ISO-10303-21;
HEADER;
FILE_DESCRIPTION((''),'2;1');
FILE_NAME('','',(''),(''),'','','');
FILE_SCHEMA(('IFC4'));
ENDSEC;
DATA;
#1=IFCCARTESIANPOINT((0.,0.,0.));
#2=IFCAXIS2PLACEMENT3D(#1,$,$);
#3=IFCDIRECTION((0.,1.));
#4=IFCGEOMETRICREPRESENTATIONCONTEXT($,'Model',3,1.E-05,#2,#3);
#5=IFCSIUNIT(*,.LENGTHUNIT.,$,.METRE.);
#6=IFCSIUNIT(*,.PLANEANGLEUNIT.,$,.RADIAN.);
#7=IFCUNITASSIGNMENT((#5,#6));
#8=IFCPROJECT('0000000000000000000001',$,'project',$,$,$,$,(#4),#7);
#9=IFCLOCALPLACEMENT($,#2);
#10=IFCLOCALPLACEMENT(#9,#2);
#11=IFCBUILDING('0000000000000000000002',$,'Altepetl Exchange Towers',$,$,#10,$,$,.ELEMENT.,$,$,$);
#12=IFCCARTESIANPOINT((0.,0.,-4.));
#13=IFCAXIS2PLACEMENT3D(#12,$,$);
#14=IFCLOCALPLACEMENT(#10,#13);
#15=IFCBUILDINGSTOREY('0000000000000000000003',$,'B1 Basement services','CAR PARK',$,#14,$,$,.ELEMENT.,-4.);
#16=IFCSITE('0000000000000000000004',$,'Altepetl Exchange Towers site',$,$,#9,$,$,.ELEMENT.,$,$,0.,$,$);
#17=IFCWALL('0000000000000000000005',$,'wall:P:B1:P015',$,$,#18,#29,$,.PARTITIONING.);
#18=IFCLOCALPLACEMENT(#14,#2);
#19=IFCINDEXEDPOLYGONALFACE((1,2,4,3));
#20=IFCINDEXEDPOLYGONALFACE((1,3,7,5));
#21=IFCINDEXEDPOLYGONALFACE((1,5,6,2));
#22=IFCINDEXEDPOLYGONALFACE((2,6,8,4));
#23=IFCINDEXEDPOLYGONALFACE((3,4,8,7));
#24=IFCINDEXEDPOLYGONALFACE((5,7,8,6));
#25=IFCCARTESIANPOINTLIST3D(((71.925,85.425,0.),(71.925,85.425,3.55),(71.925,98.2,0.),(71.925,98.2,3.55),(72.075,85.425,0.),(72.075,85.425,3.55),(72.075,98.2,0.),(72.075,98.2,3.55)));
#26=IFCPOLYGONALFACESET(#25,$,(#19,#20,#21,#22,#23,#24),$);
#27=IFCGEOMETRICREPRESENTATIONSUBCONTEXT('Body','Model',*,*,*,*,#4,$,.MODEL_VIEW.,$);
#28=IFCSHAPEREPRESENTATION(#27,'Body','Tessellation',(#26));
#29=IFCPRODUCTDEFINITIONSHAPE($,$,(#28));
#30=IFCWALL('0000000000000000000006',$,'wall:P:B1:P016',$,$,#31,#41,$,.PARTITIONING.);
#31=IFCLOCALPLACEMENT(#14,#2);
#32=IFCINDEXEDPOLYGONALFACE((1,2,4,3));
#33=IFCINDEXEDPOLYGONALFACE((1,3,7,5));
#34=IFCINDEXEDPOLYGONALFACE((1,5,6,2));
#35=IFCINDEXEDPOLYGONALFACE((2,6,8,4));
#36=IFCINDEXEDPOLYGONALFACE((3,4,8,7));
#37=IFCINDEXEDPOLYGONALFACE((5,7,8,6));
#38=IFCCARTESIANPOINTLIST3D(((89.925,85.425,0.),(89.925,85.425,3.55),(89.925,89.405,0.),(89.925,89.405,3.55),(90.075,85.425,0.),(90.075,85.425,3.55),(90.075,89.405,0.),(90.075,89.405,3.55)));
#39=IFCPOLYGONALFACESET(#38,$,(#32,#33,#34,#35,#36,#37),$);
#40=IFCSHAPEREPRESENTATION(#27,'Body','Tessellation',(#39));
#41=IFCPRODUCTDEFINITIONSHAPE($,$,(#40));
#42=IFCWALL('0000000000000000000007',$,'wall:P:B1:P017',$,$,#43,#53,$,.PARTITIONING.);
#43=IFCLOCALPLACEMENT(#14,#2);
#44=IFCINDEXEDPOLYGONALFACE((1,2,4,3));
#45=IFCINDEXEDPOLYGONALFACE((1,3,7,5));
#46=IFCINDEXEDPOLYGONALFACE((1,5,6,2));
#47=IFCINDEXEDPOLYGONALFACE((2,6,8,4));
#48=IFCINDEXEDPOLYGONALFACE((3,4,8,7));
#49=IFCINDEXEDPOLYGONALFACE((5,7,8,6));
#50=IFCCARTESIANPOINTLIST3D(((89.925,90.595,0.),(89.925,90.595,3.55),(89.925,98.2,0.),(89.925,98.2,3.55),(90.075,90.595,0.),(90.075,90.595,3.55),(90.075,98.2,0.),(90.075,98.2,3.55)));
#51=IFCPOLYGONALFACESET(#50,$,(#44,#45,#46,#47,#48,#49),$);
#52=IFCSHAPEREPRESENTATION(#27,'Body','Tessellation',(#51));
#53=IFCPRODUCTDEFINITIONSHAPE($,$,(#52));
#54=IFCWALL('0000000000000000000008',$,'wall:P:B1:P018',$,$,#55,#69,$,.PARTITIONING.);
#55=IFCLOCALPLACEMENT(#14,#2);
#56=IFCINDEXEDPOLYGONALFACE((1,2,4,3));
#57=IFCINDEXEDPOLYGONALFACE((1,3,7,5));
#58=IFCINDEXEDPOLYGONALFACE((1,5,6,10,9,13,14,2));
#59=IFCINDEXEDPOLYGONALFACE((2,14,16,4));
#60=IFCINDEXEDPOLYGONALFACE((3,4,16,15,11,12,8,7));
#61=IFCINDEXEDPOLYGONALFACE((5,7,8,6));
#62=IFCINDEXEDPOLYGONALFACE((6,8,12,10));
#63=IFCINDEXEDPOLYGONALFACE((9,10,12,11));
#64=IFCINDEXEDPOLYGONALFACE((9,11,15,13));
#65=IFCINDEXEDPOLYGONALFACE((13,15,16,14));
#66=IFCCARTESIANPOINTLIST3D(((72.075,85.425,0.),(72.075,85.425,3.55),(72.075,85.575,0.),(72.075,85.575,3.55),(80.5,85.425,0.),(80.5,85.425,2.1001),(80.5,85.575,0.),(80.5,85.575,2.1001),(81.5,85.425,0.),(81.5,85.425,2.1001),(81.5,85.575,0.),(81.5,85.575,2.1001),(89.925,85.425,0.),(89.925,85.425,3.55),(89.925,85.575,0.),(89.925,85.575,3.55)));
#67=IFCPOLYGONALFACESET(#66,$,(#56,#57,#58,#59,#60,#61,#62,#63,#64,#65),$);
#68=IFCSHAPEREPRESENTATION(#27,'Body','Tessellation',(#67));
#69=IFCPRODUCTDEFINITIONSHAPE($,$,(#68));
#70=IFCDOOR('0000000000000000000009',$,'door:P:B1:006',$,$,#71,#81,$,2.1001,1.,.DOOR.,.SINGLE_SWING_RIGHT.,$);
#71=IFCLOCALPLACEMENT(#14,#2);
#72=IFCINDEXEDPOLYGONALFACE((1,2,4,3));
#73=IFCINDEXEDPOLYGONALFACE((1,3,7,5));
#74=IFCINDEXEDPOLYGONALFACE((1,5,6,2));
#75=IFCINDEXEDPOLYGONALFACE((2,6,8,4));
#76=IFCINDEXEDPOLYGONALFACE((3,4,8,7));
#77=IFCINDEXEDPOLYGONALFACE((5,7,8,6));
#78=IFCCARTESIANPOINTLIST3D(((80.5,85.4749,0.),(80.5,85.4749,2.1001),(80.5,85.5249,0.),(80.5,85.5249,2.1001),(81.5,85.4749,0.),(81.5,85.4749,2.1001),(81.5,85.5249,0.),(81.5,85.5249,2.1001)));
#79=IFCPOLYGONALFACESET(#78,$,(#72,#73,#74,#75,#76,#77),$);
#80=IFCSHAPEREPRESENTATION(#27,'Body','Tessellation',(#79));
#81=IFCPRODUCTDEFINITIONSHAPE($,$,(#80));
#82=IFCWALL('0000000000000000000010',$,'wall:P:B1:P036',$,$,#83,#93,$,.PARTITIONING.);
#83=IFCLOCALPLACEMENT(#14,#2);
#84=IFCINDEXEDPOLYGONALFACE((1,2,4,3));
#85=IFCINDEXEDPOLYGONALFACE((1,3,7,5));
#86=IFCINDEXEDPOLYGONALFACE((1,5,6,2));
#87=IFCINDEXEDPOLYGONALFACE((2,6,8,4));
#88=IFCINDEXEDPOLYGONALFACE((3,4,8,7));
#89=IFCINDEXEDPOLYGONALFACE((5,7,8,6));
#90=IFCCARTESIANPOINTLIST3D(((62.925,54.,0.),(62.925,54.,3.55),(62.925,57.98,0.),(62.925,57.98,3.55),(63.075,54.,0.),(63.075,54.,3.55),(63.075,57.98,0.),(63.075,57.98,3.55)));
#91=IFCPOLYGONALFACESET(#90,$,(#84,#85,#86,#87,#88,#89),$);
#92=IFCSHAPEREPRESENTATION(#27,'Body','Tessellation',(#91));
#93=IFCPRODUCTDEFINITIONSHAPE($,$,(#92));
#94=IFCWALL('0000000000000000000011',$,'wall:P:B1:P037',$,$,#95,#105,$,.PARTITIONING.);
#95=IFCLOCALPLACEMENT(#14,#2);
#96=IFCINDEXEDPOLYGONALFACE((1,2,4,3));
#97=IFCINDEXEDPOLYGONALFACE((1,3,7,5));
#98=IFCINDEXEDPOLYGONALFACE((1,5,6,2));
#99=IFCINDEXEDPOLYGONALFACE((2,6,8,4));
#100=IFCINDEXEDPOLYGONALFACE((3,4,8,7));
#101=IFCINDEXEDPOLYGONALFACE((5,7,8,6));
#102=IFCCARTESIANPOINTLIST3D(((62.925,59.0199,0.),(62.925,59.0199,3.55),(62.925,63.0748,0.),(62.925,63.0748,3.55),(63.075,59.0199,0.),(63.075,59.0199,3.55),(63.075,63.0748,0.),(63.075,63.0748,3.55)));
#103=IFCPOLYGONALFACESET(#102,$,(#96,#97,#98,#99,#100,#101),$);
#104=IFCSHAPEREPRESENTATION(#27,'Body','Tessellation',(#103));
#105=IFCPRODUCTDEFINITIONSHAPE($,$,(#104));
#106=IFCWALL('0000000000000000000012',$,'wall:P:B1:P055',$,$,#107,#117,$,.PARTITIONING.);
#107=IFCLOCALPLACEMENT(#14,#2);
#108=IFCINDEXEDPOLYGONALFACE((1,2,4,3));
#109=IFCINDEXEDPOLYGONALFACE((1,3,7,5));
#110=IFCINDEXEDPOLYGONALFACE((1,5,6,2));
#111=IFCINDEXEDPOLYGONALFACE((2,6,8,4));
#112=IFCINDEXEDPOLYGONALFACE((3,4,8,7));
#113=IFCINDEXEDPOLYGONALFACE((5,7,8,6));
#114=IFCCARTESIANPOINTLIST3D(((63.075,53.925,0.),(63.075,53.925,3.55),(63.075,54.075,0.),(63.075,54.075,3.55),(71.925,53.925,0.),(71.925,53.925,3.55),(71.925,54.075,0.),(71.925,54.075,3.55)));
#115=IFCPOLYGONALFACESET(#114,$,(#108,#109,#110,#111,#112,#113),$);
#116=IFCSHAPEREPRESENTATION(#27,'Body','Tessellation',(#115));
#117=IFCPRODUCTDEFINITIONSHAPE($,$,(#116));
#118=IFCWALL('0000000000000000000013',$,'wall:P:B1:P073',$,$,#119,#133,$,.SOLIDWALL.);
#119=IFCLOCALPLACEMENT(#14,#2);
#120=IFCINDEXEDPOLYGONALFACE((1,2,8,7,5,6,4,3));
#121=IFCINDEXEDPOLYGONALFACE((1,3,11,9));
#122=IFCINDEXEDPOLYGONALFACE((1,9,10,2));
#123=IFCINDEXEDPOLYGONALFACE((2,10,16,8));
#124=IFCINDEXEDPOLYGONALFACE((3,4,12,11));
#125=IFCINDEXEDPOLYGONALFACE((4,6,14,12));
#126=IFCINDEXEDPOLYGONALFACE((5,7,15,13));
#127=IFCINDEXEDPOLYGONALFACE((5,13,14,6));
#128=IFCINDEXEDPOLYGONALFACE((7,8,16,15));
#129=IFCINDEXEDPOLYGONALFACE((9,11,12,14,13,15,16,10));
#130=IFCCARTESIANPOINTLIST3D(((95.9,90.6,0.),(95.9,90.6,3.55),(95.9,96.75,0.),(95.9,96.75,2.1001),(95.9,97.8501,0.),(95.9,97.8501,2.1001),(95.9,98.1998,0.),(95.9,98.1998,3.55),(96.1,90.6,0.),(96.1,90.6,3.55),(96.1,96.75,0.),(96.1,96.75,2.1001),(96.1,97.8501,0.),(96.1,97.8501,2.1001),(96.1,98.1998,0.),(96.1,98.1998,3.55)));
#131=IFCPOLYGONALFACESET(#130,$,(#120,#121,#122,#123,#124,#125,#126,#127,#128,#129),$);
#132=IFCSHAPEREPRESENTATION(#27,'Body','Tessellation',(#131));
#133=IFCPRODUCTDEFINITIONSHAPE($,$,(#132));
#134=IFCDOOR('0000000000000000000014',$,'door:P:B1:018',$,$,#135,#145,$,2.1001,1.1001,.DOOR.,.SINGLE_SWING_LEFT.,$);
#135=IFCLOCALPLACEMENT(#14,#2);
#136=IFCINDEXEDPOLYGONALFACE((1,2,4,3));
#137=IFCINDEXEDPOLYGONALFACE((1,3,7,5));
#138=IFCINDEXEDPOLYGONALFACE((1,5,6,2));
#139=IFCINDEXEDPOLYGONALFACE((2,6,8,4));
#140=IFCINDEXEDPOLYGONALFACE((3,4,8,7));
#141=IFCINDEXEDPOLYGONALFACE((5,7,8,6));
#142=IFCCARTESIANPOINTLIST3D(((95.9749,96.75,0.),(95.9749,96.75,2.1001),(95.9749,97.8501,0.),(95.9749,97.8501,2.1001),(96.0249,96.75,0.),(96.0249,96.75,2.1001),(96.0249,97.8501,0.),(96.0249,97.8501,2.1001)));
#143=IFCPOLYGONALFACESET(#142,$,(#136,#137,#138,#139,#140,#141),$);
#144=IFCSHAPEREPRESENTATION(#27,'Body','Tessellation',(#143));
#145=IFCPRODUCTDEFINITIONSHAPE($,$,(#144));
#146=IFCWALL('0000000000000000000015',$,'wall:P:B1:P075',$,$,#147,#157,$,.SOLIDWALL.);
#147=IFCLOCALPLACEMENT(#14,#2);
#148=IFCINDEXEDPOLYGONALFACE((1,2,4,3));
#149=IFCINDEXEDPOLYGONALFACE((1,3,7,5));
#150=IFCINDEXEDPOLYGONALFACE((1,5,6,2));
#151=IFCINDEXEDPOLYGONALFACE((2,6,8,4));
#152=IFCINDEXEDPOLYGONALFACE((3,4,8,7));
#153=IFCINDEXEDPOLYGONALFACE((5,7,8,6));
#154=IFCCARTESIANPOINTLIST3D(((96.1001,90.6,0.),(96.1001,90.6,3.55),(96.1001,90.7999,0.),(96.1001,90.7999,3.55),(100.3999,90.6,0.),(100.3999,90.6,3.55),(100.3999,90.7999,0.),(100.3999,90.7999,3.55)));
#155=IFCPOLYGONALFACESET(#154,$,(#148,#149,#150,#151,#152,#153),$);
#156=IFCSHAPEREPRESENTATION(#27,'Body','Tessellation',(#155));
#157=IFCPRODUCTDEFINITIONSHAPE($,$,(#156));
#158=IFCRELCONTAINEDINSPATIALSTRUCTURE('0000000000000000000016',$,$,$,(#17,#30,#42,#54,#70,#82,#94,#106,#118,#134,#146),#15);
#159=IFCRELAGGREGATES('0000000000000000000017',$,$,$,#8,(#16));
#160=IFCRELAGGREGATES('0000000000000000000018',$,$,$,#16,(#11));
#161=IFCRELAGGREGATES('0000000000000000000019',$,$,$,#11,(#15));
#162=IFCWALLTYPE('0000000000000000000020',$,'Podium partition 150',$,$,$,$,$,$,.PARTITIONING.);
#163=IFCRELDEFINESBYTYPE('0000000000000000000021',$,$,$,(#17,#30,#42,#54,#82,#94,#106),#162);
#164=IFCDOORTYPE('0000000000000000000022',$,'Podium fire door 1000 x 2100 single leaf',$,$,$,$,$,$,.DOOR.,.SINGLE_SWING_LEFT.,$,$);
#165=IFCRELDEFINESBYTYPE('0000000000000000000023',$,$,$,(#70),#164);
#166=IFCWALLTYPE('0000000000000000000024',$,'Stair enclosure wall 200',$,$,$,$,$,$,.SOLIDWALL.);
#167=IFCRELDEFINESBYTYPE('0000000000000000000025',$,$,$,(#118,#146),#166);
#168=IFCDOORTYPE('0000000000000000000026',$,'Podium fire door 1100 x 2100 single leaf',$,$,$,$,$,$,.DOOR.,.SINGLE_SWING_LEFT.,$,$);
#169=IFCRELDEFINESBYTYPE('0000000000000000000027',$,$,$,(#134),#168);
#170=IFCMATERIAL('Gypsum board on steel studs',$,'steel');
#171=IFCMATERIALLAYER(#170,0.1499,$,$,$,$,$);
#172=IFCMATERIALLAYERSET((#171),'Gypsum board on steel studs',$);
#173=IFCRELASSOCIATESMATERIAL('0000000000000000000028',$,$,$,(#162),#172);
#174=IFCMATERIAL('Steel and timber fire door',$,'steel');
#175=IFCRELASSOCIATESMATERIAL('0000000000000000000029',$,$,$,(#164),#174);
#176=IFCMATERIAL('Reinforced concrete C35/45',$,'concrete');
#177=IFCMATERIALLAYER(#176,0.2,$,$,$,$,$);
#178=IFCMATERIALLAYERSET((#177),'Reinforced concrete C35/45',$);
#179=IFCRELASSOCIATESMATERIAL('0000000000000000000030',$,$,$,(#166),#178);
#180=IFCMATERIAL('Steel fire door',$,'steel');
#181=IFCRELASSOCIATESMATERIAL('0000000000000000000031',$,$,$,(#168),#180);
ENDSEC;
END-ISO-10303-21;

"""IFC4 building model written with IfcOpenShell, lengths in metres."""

from ifc_helpers import new_model, si_unit, direction, frame, frame_2d, origin, place, context, subcontext, project, spatial, rectangle, extrude, material, layer, layer_set, type_object, element, fill, save


model = new_model("IFC4")

# Units and contexts
model_context = context("Model", 3, precision=1e-05, world=origin(), true_north=direction((0.0, 1.0)))
body_context = subcontext(model_context, "Body", "Model", "MODEL_VIEW")
ifc_project = project(units=[si_unit("LENGTHUNIT", "METRE"), si_unit("PLANEANGLEUNIT", "RADIAN")], contexts=[model_context])

# Site, building, storey
site_placement = place(None, origin())
site = spatial("IfcSite", under=ifc_project, at=site_placement, Name="Altepetl Exchange Towers site", CompositionType="ELEMENT", RefElevation=0.0)
building_placement = place(site_placement, origin())
building = spatial("IfcBuilding", under=site, at=building_placement, Name="Altepetl Exchange Towers", CompositionType="ELEMENT")
storey_placement = place(building_placement, frame((0.0, 0.0, -4.0)))
storey = spatial("IfcBuildingStorey", under=building, at=storey_placement, Name="B1 Basement services", Description="CAR PARK", CompositionType="ELEMENT", Elevation=-4.0)

# Walls
ifc_material_1 = material(Name="Gypsum board on steel studs", Category="steel")
ifc_layer_1 = layer(ifc_material_1, 0.1499)
ifc_layer_set_1 = layer_set([ifc_layer_1], Name="Gypsum board on steel studs")
wall_type_1 = type_object("IfcWallType", Name="Podium partition 150", PredefinedType="PARTITIONING", material=ifc_layer_set_1)
wall_1_placement = place(storey_placement, frame((72.0, 85.425, 0.0), z_axis=(0.0, 0.0, 1.0), x_axis=(0.0, 1.0, 0.0)))
element("IfcWall", 1, at=wall_1_placement, inside=storey, type_object=wall_type_1, Name="wall:P:B1:P015", PredefinedType="PARTITIONING", context=body_context, shape_type="SweptSolid", body=[
    extrude(rectangle(XDim=12.7749, YDim=0.1499, at=frame_2d((6.3875, 0.0))), origin(), (0.0, 0.0, 1.0), 3.55),
])
wall_2_placement = place(storey_placement, frame((90.0, 85.425, 0.0), z_axis=(0.0, 0.0, 1.0), x_axis=(0.0, 1.0, 0.0)))
element("IfcWall", 2, at=wall_2_placement, inside=storey, type_object=wall_type_1, Name="wall:P:B1:P016", PredefinedType="PARTITIONING", context=body_context, shape_type="SweptSolid", body=[
    extrude(rectangle(XDim=3.98, YDim=0.1499, at=frame_2d((1.99, 0.0))), origin(), (0.0, 0.0, 1.0), 3.55),
])
wall_3_placement = place(storey_placement, frame((90.0, 90.595, 0.0), z_axis=(0.0, 0.0, 1.0), x_axis=(0.0, 1.0, 0.0)))
element("IfcWall", 3, at=wall_3_placement, inside=storey, type_object=wall_type_1, Name="wall:P:B1:P017", PredefinedType="PARTITIONING", context=body_context, shape_type="SweptSolid", body=[
    extrude(rectangle(XDim=7.605, YDim=0.1499, at=frame_2d((3.8025, 0.0))), origin(), (0.0, 0.0, 1.0), 3.55),
])

# Wall, opening, door
wall_4_placement = place(storey_placement, frame((72.075, 85.5, 0.0)))
wall_4 = element("IfcWall", 4, at=wall_4_placement, inside=storey, type_object=wall_type_1, Name="wall:P:B1:P018", PredefinedType="PARTITIONING", context=body_context, shape_type="SweptSolid", body=[
    extrude(rectangle(XDim=17.8501, YDim=0.1499, at=frame_2d((8.925, 0.0))), origin(), (0.0, 0.0, 1.0), 3.55),
])
opening_1_placement = place(wall_4_placement, frame((8.425, 0.0, 0.0)))
opening_1 = element("IfcOpeningElement", 5, at=opening_1_placement, cuts=wall_4, PredefinedType="OPENING", context=body_context, shape_type="SweptSolid", body=[
    extrude(rectangle(XDim=1.0, YDim=2.1001, at=frame_2d((0.5, 1.05))), frame((0.0, 0.085, 0.0), z_axis=(0.0, -1.0, 0.0), x_axis=(1.0, 0.0, 0.0)), (0.0, 0.0, 1.0), 0.1699),
])
ifc_material_2 = material(Name="Steel and timber fire door", Category="steel")
door_type_1 = type_object("IfcDoorType", Name="Podium fire door 1000 x 2100 single leaf", OperationType="SINGLE_SWING_LEFT", PredefinedType="DOOR", material=ifc_material_2)
door_1_placement = place(opening_1_placement, origin())
door_1 = element("IfcDoor", 6, at=door_1_placement, inside=storey, type_object=door_type_1, Name="door:P:B1:006", OperationType="SINGLE_SWING_RIGHT", OverallHeight=2.1001, OverallWidth=1.0, PredefinedType="DOOR", context=body_context, shape_type="SweptSolid", body=[
    extrude(rectangle(XDim=1.0, YDim=2.1001, at=frame_2d((0.5, 1.05))), frame((0.0, 0.0249, 0.0), z_axis=(0.0, -1.0, 0.0), x_axis=(1.0, 0.0, 0.0)), (0.0, 0.0, 1.0), 0.05),
])
fill(opening_1, door_1)

# Walls
wall_5_placement = place(storey_placement, frame((63.0, 54.0, 0.0), z_axis=(0.0, 0.0, 1.0), x_axis=(0.0, 1.0, 0.0)))
element("IfcWall", 7, at=wall_5_placement, inside=storey, type_object=wall_type_1, Name="wall:P:B1:P036", PredefinedType="PARTITIONING", context=body_context, shape_type="SweptSolid", body=[
    extrude(rectangle(XDim=3.98, YDim=0.1499, at=frame_2d((1.99, 0.0))), origin(), (0.0, 0.0, 1.0), 3.55),
])
wall_6_placement = place(storey_placement, frame((63.0, 59.02, 0.0), z_axis=(0.0, 0.0, 1.0), x_axis=(0.0, 1.0, 0.0)))
element("IfcWall", 8, at=wall_6_placement, inside=storey, type_object=wall_type_1, Name="wall:P:B1:P037", PredefinedType="PARTITIONING", context=body_context, shape_type="SweptSolid", body=[
    extrude(rectangle(XDim=4.0549, YDim=0.1499, at=frame_2d((2.0273, 0.0))), origin(), (0.0, 0.0, 1.0), 3.55),
])
wall_7_placement = place(storey_placement, frame((63.075, 54.0, 0.0)))
element("IfcWall", 9, at=wall_7_placement, inside=storey, type_object=wall_type_1, Name="wall:P:B1:P055", PredefinedType="PARTITIONING", context=body_context, shape_type="SweptSolid", body=[
    extrude(rectangle(XDim=8.8501, YDim=0.1499, at=frame_2d((4.425, 0.0))), origin(), (0.0, 0.0, 1.0), 3.55),
])

# Wall, opening, door
ifc_material_3 = material(Name="Reinforced concrete C35/45", Category="concrete")
ifc_layer_2 = layer(ifc_material_3, 0.2)
ifc_layer_set_2 = layer_set([ifc_layer_2], Name="Reinforced concrete C35/45")
wall_type_2 = type_object("IfcWallType", Name="Stair enclosure wall 200", PredefinedType="SOLIDWALL", material=ifc_layer_set_2)
wall_8_placement = place(storey_placement, frame((96.0, 90.6001, 0.0), z_axis=(0.0, 0.0, 1.0), x_axis=(0.0, 1.0, 0.0)))
wall_8 = element("IfcWall", 10, at=wall_8_placement, inside=storey, type_object=wall_type_2, Name="wall:P:B1:P073", PredefinedType="SOLIDWALL", context=body_context, shape_type="SweptSolid", body=[
    extrude(rectangle(XDim=7.5999, YDim=0.2, at=frame_2d((3.7998, 0.0))), origin(), (0.0, 0.0, 1.0), 3.55),
])
opening_2_placement = place(wall_8_placement, frame((6.1499, 0.0, 0.0)))
opening_2 = element("IfcOpeningElement", 11, at=opening_2_placement, cuts=wall_8, PredefinedType="OPENING", context=body_context, shape_type="SweptSolid", body=[
    extrude(rectangle(XDim=1.1001, YDim=2.1001, at=frame_2d((0.55, 1.05))), frame((0.0, 0.1099, 0.0), z_axis=(0.0, -1.0, 0.0), x_axis=(1.0, 0.0, 0.0)), (0.0, 0.0, 1.0), 0.22),
])
ifc_material_4 = material(Name="Steel fire door", Category="steel")
door_type_2 = type_object("IfcDoorType", Name="Podium fire door 1100 x 2100 single leaf", OperationType="SINGLE_SWING_LEFT", PredefinedType="DOOR", material=ifc_material_4)
door_2_placement = place(opening_2_placement, frame((1.1001, 0.0, 0.0), x_axis=(-1.0, 0.0, 0.0)))
door_2 = element("IfcDoor", 12, at=door_2_placement, inside=storey, type_object=door_type_2, Name="door:P:B1:018", OperationType="SINGLE_SWING_LEFT", OverallHeight=2.1001, OverallWidth=1.1001, PredefinedType="DOOR", context=body_context, shape_type="SweptSolid", body=[
    extrude(rectangle(XDim=1.1001, YDim=2.1001, at=frame_2d((0.55, 1.05))), frame((0.0, 0.0249, 0.0), z_axis=(0.0, -1.0, 0.0), x_axis=(1.0, 0.0, 0.0)), (0.0, 0.0, 1.0), 0.05),
])
fill(opening_2, door_2)

# Wall
wall_9_placement = place(storey_placement, frame((96.1001, 90.7, 0.0)))
element("IfcWall", 13, at=wall_9_placement, inside=storey, type_object=wall_type_2, Name="wall:P:B1:P075", PredefinedType="SOLIDWALL", context=body_context, shape_type="SweptSolid", body=[
    extrude(rectangle(XDim=4.2998, YDim=0.2, at=frame_2d((2.1499, 0.0))), origin(), (0.0, 0.0, 1.0), 3.55),
])

save(model, "model.ifc")
